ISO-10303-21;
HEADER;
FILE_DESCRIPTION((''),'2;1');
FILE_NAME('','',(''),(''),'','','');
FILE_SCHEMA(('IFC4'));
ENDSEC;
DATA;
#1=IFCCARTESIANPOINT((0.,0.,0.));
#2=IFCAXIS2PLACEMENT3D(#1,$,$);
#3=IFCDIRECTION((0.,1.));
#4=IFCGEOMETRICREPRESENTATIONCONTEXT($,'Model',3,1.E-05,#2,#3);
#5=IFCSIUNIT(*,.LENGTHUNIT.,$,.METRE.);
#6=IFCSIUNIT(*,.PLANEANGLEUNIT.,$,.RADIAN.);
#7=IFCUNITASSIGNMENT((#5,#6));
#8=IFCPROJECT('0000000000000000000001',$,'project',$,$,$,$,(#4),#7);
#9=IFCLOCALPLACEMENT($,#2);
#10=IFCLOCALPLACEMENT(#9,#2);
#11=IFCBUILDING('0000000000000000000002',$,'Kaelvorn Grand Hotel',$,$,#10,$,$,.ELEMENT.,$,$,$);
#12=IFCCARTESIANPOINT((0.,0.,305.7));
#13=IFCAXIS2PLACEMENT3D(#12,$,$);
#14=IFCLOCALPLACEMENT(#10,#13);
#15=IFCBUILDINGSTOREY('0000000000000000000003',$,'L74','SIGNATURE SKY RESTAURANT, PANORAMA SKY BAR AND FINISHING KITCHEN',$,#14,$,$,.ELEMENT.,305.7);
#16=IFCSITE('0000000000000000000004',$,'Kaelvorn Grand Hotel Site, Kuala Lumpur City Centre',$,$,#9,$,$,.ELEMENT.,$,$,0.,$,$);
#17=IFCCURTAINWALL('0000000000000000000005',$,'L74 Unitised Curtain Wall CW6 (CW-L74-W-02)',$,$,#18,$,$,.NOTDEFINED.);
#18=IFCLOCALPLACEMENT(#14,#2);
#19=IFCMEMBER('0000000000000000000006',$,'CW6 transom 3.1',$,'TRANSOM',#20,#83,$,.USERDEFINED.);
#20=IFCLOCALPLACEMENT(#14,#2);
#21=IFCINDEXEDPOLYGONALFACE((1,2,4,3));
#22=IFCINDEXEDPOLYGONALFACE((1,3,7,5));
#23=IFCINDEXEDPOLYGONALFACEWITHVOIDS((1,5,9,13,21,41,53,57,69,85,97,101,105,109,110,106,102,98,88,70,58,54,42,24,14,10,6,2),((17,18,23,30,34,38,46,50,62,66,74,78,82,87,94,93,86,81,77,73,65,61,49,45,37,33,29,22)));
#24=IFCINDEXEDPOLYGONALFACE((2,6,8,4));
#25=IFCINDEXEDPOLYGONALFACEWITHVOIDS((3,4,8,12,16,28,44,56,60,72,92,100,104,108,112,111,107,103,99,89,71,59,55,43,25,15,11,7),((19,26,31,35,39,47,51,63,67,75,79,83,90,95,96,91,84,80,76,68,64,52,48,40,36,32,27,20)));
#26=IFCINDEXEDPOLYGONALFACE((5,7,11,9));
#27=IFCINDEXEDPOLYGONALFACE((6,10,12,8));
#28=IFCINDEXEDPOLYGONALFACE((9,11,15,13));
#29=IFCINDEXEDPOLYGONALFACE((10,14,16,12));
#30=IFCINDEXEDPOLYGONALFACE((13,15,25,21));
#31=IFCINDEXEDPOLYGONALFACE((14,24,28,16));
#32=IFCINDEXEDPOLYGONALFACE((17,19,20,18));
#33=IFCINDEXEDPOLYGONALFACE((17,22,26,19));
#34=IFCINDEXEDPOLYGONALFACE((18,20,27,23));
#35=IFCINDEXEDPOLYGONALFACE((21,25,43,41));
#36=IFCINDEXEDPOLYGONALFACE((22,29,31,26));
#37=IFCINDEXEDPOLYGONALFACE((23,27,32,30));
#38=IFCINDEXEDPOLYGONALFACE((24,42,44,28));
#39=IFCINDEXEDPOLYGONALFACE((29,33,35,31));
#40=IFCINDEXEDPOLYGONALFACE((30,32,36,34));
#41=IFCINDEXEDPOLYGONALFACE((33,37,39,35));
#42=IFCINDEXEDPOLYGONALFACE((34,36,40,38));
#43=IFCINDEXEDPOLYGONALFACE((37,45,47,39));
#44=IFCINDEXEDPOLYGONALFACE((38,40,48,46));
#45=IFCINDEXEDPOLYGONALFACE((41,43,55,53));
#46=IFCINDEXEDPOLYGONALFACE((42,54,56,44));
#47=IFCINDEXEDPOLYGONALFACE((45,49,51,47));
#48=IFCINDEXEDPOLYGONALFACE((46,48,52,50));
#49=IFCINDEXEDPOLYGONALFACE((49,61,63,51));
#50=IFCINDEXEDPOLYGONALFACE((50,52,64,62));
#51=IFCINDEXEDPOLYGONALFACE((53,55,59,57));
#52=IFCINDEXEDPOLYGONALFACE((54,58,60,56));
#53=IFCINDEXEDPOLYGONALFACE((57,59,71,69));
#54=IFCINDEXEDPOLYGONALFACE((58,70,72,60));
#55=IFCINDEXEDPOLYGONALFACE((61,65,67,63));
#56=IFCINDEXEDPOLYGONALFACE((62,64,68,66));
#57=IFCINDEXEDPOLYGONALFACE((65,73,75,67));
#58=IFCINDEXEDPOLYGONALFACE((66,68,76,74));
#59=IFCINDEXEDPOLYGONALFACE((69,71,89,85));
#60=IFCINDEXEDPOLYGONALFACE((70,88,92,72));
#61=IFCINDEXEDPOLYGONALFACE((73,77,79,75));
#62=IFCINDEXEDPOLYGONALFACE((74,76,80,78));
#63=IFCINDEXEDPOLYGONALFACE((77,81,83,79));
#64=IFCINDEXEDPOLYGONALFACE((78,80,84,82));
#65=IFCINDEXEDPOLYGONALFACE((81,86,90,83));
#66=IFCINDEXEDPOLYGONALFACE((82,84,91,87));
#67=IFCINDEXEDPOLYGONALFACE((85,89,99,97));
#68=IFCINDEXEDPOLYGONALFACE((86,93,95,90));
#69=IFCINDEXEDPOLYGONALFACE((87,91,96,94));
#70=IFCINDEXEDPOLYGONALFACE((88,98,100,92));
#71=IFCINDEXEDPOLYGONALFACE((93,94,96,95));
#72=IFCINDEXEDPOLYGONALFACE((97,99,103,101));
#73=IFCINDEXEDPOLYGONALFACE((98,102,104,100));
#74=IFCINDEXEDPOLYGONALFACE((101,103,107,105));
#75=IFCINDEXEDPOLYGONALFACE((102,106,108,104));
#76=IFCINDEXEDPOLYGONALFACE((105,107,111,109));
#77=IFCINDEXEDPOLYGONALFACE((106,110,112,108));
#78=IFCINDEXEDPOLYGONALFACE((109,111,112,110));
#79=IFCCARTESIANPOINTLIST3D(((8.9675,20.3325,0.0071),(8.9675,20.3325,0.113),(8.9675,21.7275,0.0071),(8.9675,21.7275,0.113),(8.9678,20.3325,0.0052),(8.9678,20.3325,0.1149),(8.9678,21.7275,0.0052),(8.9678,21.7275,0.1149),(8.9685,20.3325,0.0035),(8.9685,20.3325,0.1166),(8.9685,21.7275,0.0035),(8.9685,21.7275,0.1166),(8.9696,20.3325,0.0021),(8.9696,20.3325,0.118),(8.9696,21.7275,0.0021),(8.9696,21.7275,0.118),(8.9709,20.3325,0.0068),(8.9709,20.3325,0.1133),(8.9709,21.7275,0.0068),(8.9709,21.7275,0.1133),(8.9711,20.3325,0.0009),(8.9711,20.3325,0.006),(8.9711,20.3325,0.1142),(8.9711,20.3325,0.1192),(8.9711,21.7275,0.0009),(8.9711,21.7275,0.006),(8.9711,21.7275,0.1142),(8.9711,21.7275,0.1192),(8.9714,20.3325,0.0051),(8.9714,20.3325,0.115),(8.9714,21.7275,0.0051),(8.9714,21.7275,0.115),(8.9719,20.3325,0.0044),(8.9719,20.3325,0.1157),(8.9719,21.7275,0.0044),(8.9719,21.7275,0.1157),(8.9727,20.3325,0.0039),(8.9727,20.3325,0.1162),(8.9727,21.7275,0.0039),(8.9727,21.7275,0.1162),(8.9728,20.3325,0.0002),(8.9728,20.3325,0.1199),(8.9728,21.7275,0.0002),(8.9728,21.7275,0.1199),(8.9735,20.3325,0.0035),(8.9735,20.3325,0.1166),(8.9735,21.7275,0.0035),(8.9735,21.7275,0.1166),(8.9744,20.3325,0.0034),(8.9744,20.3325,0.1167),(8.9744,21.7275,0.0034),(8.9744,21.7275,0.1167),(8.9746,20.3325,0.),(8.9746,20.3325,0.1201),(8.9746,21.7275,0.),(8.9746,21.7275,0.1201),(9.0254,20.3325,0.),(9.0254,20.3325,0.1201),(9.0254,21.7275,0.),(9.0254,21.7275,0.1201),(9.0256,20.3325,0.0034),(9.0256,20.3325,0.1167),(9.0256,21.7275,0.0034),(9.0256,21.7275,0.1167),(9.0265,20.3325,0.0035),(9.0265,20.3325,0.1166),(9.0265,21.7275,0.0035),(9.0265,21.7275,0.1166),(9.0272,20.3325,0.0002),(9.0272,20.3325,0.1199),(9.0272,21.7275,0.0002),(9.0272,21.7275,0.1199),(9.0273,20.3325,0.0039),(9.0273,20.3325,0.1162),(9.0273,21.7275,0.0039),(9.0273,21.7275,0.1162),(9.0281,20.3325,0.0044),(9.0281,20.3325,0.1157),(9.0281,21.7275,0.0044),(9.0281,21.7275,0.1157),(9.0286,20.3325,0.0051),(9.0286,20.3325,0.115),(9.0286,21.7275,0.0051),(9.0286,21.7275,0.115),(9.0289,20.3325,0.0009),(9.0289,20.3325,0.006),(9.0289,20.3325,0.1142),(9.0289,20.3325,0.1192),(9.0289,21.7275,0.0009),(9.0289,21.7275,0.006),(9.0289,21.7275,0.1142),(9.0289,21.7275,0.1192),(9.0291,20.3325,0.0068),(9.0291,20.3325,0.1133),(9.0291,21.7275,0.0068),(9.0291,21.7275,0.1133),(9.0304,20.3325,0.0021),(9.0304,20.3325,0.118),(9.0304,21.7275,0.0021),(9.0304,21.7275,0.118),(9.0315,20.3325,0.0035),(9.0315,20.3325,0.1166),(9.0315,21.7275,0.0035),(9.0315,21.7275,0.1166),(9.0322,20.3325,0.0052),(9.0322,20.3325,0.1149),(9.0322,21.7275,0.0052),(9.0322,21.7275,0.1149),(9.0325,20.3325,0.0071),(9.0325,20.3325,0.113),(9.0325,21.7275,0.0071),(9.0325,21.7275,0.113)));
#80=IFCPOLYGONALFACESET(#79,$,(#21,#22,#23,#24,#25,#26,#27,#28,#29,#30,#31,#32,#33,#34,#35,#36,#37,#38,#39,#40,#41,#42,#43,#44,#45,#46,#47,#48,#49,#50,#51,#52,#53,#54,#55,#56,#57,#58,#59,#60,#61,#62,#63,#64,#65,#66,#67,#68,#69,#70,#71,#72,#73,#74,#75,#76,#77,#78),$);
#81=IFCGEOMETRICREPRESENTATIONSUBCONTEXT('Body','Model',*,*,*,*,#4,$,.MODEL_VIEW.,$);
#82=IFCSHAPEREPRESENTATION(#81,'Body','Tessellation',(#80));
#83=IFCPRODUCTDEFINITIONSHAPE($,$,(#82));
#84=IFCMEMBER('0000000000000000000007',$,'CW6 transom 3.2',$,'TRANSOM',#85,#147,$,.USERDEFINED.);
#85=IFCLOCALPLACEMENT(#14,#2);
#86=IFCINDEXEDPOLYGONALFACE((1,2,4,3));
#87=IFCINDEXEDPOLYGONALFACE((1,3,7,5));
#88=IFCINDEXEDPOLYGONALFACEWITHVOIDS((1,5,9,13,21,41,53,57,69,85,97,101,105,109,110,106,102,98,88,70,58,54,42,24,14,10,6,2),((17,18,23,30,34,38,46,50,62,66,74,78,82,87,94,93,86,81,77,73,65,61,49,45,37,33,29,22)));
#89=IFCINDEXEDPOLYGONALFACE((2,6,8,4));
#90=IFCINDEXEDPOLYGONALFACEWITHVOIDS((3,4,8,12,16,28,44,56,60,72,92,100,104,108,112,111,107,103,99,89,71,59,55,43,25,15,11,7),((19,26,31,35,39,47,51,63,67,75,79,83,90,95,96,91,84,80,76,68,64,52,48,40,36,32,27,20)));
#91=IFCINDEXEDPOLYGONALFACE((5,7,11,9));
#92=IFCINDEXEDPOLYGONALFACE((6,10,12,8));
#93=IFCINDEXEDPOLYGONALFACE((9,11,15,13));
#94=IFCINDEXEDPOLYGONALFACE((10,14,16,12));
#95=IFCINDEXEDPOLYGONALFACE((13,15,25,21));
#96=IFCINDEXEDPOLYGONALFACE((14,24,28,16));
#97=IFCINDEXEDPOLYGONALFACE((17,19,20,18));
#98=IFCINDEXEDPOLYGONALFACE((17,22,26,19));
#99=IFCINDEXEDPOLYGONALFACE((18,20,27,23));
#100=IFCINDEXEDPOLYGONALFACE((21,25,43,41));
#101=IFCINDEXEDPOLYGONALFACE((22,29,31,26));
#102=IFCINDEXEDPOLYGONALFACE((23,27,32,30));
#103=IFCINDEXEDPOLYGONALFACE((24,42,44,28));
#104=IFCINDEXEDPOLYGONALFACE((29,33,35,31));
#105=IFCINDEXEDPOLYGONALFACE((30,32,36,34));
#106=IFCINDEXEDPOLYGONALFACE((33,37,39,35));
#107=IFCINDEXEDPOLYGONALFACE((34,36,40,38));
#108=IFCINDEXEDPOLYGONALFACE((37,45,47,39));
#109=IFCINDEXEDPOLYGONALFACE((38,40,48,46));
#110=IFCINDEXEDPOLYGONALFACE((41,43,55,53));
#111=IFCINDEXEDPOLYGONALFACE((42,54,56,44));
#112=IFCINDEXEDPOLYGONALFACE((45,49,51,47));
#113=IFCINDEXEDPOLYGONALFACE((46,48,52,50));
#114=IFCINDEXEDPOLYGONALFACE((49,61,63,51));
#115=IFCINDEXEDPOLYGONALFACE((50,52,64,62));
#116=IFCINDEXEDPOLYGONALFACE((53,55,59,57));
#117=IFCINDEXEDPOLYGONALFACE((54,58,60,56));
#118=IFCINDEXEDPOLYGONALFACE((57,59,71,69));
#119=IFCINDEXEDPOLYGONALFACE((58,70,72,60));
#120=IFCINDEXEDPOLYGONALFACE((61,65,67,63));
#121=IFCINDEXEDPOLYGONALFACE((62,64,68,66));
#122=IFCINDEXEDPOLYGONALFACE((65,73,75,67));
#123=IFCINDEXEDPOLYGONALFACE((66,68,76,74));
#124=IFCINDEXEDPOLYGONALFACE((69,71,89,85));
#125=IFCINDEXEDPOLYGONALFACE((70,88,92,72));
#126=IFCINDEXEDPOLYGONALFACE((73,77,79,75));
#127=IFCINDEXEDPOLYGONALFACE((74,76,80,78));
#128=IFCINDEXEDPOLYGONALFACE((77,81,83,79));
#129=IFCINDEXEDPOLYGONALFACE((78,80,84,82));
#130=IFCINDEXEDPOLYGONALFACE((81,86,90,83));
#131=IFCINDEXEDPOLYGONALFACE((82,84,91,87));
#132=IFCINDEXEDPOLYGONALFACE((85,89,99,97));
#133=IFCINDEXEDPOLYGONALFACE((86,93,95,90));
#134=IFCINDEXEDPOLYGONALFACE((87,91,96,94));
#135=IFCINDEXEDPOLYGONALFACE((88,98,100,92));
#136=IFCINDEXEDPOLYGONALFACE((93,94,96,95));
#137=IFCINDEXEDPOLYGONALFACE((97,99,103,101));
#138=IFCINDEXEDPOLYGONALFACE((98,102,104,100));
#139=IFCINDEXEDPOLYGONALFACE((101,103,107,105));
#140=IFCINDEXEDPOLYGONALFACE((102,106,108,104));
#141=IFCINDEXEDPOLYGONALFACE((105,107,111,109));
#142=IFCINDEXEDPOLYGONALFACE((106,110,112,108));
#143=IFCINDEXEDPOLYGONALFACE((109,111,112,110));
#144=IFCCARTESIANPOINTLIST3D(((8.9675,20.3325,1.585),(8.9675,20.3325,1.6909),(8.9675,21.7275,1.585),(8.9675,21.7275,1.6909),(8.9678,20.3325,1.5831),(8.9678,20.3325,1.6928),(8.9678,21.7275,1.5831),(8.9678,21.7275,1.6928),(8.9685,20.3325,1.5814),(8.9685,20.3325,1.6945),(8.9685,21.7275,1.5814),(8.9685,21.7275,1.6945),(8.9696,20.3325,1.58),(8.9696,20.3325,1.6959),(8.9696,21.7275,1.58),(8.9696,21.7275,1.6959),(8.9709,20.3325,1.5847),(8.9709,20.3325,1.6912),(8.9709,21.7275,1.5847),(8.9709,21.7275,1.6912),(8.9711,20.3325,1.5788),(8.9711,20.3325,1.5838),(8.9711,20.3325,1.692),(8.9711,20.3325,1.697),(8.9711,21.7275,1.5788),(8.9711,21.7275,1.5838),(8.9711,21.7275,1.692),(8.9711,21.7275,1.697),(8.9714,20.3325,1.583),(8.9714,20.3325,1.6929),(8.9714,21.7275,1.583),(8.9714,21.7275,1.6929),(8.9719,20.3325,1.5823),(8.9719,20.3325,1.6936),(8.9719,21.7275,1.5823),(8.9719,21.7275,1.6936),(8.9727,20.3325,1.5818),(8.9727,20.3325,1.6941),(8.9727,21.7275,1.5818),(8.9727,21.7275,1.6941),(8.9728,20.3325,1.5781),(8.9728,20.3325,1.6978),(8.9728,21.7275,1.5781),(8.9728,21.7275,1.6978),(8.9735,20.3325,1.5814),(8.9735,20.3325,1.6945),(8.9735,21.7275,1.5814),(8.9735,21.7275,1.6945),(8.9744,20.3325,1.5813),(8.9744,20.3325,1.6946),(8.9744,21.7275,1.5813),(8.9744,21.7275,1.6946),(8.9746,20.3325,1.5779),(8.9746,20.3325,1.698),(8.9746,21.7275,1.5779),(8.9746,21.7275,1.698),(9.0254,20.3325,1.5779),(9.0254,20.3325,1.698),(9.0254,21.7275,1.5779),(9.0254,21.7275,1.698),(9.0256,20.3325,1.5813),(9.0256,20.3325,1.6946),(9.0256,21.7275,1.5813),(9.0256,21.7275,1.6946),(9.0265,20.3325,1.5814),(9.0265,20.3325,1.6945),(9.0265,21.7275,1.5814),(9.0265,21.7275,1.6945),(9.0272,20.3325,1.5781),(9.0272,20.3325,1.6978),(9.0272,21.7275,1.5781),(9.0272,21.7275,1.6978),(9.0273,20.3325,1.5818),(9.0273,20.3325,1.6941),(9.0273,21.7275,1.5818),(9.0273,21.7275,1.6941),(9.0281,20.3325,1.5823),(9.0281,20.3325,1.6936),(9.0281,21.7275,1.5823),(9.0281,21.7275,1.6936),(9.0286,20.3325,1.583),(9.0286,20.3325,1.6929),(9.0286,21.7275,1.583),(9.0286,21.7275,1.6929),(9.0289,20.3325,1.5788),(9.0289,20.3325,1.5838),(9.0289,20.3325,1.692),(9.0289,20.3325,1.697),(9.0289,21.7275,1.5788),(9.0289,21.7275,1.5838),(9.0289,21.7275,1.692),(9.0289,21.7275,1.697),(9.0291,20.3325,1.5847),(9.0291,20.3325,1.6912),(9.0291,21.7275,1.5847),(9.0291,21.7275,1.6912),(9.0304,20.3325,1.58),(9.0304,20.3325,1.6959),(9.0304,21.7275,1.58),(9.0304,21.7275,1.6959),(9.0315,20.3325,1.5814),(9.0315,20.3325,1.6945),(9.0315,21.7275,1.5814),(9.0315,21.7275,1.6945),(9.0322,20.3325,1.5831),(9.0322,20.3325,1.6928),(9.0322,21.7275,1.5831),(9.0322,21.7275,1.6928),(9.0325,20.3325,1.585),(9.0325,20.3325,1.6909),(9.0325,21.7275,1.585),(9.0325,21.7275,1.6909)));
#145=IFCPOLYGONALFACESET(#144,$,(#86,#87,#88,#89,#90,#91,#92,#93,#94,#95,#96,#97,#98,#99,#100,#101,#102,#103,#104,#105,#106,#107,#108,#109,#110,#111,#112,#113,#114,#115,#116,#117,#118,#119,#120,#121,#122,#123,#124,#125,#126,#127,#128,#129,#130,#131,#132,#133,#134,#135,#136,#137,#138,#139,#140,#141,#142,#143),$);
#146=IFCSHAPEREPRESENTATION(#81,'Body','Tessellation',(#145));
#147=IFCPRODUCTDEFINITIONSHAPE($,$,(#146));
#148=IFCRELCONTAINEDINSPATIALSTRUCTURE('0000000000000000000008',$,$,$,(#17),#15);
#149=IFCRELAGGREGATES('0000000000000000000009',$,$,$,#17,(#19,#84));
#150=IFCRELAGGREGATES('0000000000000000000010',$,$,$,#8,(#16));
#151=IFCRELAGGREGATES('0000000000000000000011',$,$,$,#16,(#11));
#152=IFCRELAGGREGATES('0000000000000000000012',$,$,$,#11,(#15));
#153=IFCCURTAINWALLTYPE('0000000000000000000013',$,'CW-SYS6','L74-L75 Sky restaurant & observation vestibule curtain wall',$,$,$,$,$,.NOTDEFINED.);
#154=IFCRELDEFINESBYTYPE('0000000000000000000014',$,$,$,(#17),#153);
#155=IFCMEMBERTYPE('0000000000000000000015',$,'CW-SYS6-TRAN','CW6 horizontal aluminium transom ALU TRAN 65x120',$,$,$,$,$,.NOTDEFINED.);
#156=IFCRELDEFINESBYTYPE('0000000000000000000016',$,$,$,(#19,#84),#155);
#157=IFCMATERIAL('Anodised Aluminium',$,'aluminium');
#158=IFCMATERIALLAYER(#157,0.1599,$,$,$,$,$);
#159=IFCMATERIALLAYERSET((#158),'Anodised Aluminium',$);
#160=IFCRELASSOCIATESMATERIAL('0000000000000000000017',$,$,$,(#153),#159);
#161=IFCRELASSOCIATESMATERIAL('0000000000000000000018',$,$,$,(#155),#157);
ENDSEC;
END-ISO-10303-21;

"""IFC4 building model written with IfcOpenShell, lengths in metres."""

from ifc_helpers import new_model, si_unit, direction, frame, origin, origin_2d, place, context, subcontext, project, spatial, hollow_rectangle, extrude, material, layer, layer_set, material_profile, profile_set, type_object, element, aggregate, save


model = new_model("IFC4")

# Units and contexts
model_context = context("Model", 3, precision=1e-05, world=origin(), true_north=direction((0.0, 1.0)))
body_context = subcontext(model_context, "Body", "Model", "MODEL_VIEW")
ifc_project = project(units=[si_unit("LENGTHUNIT", "METRE"), si_unit("PLANEANGLEUNIT", "RADIAN")], contexts=[model_context])

# Site, building, storey
site_placement = place(None, origin())
site = spatial("IfcSite", under=ifc_project, at=site_placement, Name="Kaelvorn Grand Hotel Site, Kuala Lumpur City Centre", CompositionType="ELEMENT", RefElevation=0.0)
building_placement = place(site_placement, origin())
building = spatial("IfcBuilding", under=site, at=building_placement, Name="Kaelvorn Grand Hotel", CompositionType="ELEMENT")
storey_placement = place(building_placement, frame((0.0, 0.0, 305.7)))
storey = spatial("IfcBuildingStorey", under=building, at=storey_placement, Name="L74", Description="SIGNATURE SKY RESTAURANT, PANORAMA SKY BAR AND FINISHING KITCHEN", CompositionType="ELEMENT", Elevation=305.7)

# Curtain wall, members
ifc_material_1 = material(Name="Anodised Aluminium", Category="aluminium")
ifc_layer_1 = layer(ifc_material_1, 0.1599)
ifc_layer_set_1 = layer_set([ifc_layer_1], Name="Anodised Aluminium")
curtain_wall_type = type_object("IfcCurtainWallType", Name="CW-SYS6", Description="L74-L75 Sky restaurant & observation vestibule curtain wall", PredefinedType="NOTDEFINED", material=ifc_layer_set_1)
curtain_wall_placement = place(storey_placement, origin())
curtain_wall = element("IfcCurtainWall", 1, at=curtain_wall_placement, inside=storey, type_object=curtain_wall_type, Name="L74 Unitised Curtain Wall CW6 (CW-L74-W-02)", PredefinedType="NOTDEFINED")
ifc_material_profile_1 = material_profile(ifc_material_1, hollow_rectangle(XDim=0.0649, YDim=0.1201, WallThickness=0.0034, InnerFilletRadius=0.0034, OuterFilletRadius=0.0071, at=origin_2d()), Name="ALU TRAN 65x120")
ifc_profile_set_1 = profile_set([ifc_material_profile_1], Name="Anodised Aluminium")
member_type_1 = type_object("IfcMemberType", Name="CW-SYS6-TRAN", Description="CW6 horizontal aluminium transom ALU TRAN 65x120", PredefinedType="NOTDEFINED", material=ifc_profile_set_1)
member_1_placement = place(storey_placement, frame((9.0, 21.7275, 0.0601), z_axis=(0.0, -1.0, 0.0), x_axis=(1.0, 0.0, 0.0)))
member_1 = element("IfcMember", 2, at=member_1_placement, type_object=member_type_1, Name="CW6 transom 3.1", ObjectType="TRANSOM", PredefinedType="USERDEFINED", context=body_context, shape_type="SweptSolid", body=[
    extrude(hollow_rectangle(XDim=0.0649, YDim=0.1201, WallThickness=0.0034, InnerFilletRadius=0.0034, OuterFilletRadius=0.0071, at=origin_2d()), origin(), (0.0, 0.0, 1.0), 1.395),
])
member_2_placement = place(storey_placement, frame((9.0, 21.7275, 1.6379), z_axis=(0.0, -1.0, 0.0), x_axis=(1.0, 0.0, 0.0)))
member_2 = element("IfcMember", 3, at=member_2_placement, type_object=member_type_1, Name="CW6 transom 3.2", ObjectType="TRANSOM", PredefinedType="USERDEFINED", context=body_context, shape_type="SweptSolid", body=[
    extrude(hollow_rectangle(XDim=0.0649, YDim=0.1201, WallThickness=0.0034, InnerFilletRadius=0.0034, OuterFilletRadius=0.0071, at=origin_2d()), origin(), (0.0, 0.0, 1.0), 1.395),
])
aggregate(curtain_wall, [member_1, member_2])

save(model, "model.ifc")
